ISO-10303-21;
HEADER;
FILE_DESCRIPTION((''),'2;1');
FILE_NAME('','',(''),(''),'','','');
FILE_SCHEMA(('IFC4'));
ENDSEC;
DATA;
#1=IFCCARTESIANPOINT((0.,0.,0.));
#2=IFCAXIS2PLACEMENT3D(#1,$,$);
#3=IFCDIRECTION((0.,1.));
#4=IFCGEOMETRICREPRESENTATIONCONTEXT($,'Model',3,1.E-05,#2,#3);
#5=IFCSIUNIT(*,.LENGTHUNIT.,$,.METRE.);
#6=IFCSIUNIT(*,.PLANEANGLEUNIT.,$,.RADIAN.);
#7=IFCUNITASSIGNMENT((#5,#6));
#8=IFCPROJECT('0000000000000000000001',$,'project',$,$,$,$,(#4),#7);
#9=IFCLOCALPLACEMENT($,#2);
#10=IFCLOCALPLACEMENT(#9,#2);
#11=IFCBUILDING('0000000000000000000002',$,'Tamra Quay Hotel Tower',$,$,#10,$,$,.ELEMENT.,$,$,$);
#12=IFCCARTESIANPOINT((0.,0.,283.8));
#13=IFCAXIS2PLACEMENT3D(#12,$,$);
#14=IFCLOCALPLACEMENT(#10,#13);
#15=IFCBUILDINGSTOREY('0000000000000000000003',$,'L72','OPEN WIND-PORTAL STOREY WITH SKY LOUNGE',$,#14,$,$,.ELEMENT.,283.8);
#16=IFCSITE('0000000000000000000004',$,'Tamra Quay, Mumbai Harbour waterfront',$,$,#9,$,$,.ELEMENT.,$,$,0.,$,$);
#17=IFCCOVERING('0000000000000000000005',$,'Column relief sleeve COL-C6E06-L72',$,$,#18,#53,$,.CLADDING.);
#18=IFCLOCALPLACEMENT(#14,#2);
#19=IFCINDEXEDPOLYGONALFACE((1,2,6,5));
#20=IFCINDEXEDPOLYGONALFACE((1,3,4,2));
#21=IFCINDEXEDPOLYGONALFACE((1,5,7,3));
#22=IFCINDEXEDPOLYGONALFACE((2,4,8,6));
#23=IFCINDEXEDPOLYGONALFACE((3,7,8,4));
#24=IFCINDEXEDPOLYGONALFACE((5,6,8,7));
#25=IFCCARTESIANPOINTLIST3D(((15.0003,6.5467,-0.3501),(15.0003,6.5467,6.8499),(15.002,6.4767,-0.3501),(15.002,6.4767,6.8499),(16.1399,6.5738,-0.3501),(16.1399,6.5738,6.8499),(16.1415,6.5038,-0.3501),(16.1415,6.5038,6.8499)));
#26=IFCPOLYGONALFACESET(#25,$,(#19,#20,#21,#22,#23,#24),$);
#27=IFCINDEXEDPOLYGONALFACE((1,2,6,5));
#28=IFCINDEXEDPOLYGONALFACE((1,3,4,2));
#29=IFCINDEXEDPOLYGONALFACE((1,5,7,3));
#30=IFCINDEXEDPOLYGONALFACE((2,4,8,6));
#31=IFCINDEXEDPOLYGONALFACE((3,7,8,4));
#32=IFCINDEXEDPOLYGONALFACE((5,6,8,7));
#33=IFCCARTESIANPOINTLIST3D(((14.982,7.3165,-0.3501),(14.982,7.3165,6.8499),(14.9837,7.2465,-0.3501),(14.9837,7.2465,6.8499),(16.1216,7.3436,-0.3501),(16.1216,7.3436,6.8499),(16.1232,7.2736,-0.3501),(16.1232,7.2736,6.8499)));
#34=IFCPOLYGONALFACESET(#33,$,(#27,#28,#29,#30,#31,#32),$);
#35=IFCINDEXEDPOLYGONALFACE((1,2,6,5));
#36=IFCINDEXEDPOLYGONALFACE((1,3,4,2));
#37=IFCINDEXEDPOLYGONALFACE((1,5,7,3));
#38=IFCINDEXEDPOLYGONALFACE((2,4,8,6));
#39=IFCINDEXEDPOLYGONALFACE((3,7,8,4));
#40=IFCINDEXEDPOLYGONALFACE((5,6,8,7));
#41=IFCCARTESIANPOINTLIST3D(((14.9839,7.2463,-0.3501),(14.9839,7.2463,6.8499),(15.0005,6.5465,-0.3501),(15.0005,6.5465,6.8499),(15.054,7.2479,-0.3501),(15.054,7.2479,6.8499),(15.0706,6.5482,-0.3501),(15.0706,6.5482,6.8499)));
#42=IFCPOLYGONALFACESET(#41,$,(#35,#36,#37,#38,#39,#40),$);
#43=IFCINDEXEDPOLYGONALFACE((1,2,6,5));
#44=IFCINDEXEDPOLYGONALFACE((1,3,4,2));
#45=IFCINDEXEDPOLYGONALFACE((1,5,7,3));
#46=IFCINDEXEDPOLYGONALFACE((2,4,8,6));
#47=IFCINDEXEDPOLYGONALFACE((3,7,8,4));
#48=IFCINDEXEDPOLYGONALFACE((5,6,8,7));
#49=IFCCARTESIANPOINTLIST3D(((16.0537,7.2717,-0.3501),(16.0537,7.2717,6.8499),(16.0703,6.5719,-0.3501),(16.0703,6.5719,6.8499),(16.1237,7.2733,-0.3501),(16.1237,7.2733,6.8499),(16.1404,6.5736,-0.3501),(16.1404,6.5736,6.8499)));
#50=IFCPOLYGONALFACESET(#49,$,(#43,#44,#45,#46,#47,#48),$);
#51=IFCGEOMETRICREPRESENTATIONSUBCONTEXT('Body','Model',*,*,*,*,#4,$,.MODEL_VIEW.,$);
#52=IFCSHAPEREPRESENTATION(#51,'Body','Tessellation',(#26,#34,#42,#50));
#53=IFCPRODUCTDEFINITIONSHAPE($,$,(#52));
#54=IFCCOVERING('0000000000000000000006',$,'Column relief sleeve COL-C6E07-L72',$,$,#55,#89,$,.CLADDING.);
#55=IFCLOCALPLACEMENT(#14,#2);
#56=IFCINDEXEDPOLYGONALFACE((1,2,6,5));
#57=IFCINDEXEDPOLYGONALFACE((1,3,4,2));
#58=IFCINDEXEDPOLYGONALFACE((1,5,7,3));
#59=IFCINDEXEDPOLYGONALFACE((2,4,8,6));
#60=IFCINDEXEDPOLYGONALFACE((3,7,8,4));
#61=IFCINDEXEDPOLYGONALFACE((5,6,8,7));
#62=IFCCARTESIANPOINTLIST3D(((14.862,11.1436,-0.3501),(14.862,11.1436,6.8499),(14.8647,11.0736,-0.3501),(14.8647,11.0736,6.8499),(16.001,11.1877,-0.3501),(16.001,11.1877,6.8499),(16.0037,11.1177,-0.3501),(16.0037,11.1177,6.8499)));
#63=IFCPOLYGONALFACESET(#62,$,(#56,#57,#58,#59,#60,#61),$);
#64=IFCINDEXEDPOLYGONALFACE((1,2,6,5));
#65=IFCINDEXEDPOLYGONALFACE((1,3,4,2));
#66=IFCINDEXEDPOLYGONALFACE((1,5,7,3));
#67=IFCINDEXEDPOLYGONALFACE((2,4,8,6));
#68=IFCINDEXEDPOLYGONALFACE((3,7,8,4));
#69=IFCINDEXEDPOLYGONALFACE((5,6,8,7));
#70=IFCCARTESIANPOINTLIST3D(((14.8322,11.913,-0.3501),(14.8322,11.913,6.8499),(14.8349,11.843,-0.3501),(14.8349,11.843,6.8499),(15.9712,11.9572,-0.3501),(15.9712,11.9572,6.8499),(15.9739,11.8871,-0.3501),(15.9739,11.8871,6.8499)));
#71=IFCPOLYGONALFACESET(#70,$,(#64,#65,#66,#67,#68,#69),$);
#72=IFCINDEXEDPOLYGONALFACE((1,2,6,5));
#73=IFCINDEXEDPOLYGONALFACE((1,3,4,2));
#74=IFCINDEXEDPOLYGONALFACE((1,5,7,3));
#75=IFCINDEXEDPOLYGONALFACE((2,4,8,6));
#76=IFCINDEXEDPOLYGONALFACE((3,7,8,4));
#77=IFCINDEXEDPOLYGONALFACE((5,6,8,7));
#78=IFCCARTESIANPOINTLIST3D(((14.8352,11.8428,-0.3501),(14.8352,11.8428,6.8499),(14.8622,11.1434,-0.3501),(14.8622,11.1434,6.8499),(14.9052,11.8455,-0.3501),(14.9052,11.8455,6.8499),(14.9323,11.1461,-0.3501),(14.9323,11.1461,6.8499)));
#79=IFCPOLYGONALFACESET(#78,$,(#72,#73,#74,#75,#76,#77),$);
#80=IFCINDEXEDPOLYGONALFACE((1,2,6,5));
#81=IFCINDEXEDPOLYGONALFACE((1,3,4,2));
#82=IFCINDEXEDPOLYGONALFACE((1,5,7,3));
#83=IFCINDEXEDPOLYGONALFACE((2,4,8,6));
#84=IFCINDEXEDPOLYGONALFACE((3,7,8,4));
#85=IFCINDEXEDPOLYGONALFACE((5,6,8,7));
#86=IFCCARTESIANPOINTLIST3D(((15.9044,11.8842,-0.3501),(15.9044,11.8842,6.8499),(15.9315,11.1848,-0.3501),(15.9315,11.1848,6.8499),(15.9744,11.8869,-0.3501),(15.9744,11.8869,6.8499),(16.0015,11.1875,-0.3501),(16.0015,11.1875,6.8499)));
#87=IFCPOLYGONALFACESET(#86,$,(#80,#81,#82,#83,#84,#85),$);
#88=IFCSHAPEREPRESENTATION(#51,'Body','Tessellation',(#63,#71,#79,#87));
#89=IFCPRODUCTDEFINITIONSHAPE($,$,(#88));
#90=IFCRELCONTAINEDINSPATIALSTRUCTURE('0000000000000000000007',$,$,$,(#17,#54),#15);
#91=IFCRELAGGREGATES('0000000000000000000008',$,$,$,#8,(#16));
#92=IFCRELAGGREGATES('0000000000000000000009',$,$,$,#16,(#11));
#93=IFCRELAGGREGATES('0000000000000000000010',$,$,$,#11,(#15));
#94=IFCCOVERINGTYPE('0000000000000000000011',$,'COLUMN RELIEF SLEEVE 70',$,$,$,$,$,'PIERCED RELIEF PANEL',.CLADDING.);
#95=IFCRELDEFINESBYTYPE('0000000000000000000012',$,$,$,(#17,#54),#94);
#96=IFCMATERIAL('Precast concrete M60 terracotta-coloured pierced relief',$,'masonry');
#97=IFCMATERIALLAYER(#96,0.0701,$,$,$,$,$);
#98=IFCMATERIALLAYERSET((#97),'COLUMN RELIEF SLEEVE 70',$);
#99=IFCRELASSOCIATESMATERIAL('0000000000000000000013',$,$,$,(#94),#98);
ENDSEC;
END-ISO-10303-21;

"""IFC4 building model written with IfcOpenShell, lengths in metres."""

from ifc_helpers import new_model, si_unit, direction, frame, frame_2d, origin, place, context, subcontext, project, spatial, rectangle, extrude, source, transform, mapped, material, layer, layer_set, type_object, element, save


model = new_model("IFC4")

# Units and contexts
model_context = context("Model", 3, precision=1e-05, world=origin(), true_north=direction((0.0, 1.0)))
body_context = subcontext(model_context, "Body", "Model", "MODEL_VIEW")
ifc_project = project(units=[si_unit("LENGTHUNIT", "METRE"), si_unit("PLANEANGLEUNIT", "RADIAN")], contexts=[model_context])

# Site, building, storey
site_placement = place(None, origin())
site = spatial("IfcSite", under=ifc_project, at=site_placement, Name="Tamra Quay, Mumbai Harbour waterfront", CompositionType="ELEMENT", RefElevation=0.0)
building_placement = place(site_placement, origin())
building = spatial("IfcBuilding", under=site, at=building_placement, Name="Tamra Quay Hotel Tower", CompositionType="ELEMENT")
storey_placement = place(building_placement, frame((0.0, 0.0, 283.8)))
storey = spatial("IfcBuildingStorey", under=building, at=storey_placement, Name="L72", Description="OPEN WIND-PORTAL STOREY WITH SKY LOUNGE", CompositionType="ELEMENT", Elevation=283.8)

# Coverings
ifc_material_1 = material(Name="Precast concrete M60 terracotta-coloured pierced relief", Category="masonry")
ifc_layer_1 = layer(ifc_material_1, 0.0701)
ifc_layer_set_1 = layer_set([ifc_layer_1], Name="COLUMN RELIEF SLEEVE 70")
covering_type = type_object("IfcCoveringType", Name="COLUMN RELIEF SLEEVE 70", ElementType="PIERCED RELIEF PANEL", PredefinedType="CLADDING", material=ifc_layer_set_1)
shared_shape = source(origin(), body_context, "Body", "SweptSolid", [
    extrude(rectangle(XDim=1.1399, YDim=0.0701, at=frame_2d((0.5698, 0.0352))), frame((-0.5701, -0.4199, 0.0)), (0.0, 0.0, 1.0), 7.2),
    extrude(rectangle(XDim=1.1399, YDim=0.0701, at=frame_2d((0.5698, 0.0352))), frame((-0.5701, 0.3501, 0.0)), (0.0, 0.0, 1.0), 7.2),
    extrude(rectangle(XDim=0.0701, YDim=0.7, at=frame_2d((0.0352, 0.3501))), frame((-0.5701, -0.3501, 0.0)), (0.0, 0.0, 1.0), 7.2),
    extrude(rectangle(XDim=0.0701, YDim=0.7, at=frame_2d((0.0352, 0.3501))), frame((0.5, -0.3501, 0.0)), (0.0, 0.0, 1.0), 7.2),
])
for number, where, z_axis, x_axis, name in (
    (1, (15.562, 6.9099, -0.3501), (0.0, 0.0, 1.0), (0.999718, 0.023753, 0.0), "Column relief sleeve COL-C6E06-L72"),
    (2, (15.4182, 11.5151, -0.3501), (0.0, 0.0, 1.0), (0.999251, 0.038691, 0.0), "Column relief sleeve COL-C6E07-L72"),
):
    element("IfcCovering", number, at=place(storey_placement, frame(where, z_axis=z_axis, x_axis=x_axis)), inside=storey, type_object=covering_type, Name=name, PredefinedType="CLADDING", context=body_context, shape_type="MappedRepresentation", body=[
        mapped(shared_shape, transform((0.0, 0.0, 0.0), scale=1.0)),
    ])

save(model, "model.ifc")
